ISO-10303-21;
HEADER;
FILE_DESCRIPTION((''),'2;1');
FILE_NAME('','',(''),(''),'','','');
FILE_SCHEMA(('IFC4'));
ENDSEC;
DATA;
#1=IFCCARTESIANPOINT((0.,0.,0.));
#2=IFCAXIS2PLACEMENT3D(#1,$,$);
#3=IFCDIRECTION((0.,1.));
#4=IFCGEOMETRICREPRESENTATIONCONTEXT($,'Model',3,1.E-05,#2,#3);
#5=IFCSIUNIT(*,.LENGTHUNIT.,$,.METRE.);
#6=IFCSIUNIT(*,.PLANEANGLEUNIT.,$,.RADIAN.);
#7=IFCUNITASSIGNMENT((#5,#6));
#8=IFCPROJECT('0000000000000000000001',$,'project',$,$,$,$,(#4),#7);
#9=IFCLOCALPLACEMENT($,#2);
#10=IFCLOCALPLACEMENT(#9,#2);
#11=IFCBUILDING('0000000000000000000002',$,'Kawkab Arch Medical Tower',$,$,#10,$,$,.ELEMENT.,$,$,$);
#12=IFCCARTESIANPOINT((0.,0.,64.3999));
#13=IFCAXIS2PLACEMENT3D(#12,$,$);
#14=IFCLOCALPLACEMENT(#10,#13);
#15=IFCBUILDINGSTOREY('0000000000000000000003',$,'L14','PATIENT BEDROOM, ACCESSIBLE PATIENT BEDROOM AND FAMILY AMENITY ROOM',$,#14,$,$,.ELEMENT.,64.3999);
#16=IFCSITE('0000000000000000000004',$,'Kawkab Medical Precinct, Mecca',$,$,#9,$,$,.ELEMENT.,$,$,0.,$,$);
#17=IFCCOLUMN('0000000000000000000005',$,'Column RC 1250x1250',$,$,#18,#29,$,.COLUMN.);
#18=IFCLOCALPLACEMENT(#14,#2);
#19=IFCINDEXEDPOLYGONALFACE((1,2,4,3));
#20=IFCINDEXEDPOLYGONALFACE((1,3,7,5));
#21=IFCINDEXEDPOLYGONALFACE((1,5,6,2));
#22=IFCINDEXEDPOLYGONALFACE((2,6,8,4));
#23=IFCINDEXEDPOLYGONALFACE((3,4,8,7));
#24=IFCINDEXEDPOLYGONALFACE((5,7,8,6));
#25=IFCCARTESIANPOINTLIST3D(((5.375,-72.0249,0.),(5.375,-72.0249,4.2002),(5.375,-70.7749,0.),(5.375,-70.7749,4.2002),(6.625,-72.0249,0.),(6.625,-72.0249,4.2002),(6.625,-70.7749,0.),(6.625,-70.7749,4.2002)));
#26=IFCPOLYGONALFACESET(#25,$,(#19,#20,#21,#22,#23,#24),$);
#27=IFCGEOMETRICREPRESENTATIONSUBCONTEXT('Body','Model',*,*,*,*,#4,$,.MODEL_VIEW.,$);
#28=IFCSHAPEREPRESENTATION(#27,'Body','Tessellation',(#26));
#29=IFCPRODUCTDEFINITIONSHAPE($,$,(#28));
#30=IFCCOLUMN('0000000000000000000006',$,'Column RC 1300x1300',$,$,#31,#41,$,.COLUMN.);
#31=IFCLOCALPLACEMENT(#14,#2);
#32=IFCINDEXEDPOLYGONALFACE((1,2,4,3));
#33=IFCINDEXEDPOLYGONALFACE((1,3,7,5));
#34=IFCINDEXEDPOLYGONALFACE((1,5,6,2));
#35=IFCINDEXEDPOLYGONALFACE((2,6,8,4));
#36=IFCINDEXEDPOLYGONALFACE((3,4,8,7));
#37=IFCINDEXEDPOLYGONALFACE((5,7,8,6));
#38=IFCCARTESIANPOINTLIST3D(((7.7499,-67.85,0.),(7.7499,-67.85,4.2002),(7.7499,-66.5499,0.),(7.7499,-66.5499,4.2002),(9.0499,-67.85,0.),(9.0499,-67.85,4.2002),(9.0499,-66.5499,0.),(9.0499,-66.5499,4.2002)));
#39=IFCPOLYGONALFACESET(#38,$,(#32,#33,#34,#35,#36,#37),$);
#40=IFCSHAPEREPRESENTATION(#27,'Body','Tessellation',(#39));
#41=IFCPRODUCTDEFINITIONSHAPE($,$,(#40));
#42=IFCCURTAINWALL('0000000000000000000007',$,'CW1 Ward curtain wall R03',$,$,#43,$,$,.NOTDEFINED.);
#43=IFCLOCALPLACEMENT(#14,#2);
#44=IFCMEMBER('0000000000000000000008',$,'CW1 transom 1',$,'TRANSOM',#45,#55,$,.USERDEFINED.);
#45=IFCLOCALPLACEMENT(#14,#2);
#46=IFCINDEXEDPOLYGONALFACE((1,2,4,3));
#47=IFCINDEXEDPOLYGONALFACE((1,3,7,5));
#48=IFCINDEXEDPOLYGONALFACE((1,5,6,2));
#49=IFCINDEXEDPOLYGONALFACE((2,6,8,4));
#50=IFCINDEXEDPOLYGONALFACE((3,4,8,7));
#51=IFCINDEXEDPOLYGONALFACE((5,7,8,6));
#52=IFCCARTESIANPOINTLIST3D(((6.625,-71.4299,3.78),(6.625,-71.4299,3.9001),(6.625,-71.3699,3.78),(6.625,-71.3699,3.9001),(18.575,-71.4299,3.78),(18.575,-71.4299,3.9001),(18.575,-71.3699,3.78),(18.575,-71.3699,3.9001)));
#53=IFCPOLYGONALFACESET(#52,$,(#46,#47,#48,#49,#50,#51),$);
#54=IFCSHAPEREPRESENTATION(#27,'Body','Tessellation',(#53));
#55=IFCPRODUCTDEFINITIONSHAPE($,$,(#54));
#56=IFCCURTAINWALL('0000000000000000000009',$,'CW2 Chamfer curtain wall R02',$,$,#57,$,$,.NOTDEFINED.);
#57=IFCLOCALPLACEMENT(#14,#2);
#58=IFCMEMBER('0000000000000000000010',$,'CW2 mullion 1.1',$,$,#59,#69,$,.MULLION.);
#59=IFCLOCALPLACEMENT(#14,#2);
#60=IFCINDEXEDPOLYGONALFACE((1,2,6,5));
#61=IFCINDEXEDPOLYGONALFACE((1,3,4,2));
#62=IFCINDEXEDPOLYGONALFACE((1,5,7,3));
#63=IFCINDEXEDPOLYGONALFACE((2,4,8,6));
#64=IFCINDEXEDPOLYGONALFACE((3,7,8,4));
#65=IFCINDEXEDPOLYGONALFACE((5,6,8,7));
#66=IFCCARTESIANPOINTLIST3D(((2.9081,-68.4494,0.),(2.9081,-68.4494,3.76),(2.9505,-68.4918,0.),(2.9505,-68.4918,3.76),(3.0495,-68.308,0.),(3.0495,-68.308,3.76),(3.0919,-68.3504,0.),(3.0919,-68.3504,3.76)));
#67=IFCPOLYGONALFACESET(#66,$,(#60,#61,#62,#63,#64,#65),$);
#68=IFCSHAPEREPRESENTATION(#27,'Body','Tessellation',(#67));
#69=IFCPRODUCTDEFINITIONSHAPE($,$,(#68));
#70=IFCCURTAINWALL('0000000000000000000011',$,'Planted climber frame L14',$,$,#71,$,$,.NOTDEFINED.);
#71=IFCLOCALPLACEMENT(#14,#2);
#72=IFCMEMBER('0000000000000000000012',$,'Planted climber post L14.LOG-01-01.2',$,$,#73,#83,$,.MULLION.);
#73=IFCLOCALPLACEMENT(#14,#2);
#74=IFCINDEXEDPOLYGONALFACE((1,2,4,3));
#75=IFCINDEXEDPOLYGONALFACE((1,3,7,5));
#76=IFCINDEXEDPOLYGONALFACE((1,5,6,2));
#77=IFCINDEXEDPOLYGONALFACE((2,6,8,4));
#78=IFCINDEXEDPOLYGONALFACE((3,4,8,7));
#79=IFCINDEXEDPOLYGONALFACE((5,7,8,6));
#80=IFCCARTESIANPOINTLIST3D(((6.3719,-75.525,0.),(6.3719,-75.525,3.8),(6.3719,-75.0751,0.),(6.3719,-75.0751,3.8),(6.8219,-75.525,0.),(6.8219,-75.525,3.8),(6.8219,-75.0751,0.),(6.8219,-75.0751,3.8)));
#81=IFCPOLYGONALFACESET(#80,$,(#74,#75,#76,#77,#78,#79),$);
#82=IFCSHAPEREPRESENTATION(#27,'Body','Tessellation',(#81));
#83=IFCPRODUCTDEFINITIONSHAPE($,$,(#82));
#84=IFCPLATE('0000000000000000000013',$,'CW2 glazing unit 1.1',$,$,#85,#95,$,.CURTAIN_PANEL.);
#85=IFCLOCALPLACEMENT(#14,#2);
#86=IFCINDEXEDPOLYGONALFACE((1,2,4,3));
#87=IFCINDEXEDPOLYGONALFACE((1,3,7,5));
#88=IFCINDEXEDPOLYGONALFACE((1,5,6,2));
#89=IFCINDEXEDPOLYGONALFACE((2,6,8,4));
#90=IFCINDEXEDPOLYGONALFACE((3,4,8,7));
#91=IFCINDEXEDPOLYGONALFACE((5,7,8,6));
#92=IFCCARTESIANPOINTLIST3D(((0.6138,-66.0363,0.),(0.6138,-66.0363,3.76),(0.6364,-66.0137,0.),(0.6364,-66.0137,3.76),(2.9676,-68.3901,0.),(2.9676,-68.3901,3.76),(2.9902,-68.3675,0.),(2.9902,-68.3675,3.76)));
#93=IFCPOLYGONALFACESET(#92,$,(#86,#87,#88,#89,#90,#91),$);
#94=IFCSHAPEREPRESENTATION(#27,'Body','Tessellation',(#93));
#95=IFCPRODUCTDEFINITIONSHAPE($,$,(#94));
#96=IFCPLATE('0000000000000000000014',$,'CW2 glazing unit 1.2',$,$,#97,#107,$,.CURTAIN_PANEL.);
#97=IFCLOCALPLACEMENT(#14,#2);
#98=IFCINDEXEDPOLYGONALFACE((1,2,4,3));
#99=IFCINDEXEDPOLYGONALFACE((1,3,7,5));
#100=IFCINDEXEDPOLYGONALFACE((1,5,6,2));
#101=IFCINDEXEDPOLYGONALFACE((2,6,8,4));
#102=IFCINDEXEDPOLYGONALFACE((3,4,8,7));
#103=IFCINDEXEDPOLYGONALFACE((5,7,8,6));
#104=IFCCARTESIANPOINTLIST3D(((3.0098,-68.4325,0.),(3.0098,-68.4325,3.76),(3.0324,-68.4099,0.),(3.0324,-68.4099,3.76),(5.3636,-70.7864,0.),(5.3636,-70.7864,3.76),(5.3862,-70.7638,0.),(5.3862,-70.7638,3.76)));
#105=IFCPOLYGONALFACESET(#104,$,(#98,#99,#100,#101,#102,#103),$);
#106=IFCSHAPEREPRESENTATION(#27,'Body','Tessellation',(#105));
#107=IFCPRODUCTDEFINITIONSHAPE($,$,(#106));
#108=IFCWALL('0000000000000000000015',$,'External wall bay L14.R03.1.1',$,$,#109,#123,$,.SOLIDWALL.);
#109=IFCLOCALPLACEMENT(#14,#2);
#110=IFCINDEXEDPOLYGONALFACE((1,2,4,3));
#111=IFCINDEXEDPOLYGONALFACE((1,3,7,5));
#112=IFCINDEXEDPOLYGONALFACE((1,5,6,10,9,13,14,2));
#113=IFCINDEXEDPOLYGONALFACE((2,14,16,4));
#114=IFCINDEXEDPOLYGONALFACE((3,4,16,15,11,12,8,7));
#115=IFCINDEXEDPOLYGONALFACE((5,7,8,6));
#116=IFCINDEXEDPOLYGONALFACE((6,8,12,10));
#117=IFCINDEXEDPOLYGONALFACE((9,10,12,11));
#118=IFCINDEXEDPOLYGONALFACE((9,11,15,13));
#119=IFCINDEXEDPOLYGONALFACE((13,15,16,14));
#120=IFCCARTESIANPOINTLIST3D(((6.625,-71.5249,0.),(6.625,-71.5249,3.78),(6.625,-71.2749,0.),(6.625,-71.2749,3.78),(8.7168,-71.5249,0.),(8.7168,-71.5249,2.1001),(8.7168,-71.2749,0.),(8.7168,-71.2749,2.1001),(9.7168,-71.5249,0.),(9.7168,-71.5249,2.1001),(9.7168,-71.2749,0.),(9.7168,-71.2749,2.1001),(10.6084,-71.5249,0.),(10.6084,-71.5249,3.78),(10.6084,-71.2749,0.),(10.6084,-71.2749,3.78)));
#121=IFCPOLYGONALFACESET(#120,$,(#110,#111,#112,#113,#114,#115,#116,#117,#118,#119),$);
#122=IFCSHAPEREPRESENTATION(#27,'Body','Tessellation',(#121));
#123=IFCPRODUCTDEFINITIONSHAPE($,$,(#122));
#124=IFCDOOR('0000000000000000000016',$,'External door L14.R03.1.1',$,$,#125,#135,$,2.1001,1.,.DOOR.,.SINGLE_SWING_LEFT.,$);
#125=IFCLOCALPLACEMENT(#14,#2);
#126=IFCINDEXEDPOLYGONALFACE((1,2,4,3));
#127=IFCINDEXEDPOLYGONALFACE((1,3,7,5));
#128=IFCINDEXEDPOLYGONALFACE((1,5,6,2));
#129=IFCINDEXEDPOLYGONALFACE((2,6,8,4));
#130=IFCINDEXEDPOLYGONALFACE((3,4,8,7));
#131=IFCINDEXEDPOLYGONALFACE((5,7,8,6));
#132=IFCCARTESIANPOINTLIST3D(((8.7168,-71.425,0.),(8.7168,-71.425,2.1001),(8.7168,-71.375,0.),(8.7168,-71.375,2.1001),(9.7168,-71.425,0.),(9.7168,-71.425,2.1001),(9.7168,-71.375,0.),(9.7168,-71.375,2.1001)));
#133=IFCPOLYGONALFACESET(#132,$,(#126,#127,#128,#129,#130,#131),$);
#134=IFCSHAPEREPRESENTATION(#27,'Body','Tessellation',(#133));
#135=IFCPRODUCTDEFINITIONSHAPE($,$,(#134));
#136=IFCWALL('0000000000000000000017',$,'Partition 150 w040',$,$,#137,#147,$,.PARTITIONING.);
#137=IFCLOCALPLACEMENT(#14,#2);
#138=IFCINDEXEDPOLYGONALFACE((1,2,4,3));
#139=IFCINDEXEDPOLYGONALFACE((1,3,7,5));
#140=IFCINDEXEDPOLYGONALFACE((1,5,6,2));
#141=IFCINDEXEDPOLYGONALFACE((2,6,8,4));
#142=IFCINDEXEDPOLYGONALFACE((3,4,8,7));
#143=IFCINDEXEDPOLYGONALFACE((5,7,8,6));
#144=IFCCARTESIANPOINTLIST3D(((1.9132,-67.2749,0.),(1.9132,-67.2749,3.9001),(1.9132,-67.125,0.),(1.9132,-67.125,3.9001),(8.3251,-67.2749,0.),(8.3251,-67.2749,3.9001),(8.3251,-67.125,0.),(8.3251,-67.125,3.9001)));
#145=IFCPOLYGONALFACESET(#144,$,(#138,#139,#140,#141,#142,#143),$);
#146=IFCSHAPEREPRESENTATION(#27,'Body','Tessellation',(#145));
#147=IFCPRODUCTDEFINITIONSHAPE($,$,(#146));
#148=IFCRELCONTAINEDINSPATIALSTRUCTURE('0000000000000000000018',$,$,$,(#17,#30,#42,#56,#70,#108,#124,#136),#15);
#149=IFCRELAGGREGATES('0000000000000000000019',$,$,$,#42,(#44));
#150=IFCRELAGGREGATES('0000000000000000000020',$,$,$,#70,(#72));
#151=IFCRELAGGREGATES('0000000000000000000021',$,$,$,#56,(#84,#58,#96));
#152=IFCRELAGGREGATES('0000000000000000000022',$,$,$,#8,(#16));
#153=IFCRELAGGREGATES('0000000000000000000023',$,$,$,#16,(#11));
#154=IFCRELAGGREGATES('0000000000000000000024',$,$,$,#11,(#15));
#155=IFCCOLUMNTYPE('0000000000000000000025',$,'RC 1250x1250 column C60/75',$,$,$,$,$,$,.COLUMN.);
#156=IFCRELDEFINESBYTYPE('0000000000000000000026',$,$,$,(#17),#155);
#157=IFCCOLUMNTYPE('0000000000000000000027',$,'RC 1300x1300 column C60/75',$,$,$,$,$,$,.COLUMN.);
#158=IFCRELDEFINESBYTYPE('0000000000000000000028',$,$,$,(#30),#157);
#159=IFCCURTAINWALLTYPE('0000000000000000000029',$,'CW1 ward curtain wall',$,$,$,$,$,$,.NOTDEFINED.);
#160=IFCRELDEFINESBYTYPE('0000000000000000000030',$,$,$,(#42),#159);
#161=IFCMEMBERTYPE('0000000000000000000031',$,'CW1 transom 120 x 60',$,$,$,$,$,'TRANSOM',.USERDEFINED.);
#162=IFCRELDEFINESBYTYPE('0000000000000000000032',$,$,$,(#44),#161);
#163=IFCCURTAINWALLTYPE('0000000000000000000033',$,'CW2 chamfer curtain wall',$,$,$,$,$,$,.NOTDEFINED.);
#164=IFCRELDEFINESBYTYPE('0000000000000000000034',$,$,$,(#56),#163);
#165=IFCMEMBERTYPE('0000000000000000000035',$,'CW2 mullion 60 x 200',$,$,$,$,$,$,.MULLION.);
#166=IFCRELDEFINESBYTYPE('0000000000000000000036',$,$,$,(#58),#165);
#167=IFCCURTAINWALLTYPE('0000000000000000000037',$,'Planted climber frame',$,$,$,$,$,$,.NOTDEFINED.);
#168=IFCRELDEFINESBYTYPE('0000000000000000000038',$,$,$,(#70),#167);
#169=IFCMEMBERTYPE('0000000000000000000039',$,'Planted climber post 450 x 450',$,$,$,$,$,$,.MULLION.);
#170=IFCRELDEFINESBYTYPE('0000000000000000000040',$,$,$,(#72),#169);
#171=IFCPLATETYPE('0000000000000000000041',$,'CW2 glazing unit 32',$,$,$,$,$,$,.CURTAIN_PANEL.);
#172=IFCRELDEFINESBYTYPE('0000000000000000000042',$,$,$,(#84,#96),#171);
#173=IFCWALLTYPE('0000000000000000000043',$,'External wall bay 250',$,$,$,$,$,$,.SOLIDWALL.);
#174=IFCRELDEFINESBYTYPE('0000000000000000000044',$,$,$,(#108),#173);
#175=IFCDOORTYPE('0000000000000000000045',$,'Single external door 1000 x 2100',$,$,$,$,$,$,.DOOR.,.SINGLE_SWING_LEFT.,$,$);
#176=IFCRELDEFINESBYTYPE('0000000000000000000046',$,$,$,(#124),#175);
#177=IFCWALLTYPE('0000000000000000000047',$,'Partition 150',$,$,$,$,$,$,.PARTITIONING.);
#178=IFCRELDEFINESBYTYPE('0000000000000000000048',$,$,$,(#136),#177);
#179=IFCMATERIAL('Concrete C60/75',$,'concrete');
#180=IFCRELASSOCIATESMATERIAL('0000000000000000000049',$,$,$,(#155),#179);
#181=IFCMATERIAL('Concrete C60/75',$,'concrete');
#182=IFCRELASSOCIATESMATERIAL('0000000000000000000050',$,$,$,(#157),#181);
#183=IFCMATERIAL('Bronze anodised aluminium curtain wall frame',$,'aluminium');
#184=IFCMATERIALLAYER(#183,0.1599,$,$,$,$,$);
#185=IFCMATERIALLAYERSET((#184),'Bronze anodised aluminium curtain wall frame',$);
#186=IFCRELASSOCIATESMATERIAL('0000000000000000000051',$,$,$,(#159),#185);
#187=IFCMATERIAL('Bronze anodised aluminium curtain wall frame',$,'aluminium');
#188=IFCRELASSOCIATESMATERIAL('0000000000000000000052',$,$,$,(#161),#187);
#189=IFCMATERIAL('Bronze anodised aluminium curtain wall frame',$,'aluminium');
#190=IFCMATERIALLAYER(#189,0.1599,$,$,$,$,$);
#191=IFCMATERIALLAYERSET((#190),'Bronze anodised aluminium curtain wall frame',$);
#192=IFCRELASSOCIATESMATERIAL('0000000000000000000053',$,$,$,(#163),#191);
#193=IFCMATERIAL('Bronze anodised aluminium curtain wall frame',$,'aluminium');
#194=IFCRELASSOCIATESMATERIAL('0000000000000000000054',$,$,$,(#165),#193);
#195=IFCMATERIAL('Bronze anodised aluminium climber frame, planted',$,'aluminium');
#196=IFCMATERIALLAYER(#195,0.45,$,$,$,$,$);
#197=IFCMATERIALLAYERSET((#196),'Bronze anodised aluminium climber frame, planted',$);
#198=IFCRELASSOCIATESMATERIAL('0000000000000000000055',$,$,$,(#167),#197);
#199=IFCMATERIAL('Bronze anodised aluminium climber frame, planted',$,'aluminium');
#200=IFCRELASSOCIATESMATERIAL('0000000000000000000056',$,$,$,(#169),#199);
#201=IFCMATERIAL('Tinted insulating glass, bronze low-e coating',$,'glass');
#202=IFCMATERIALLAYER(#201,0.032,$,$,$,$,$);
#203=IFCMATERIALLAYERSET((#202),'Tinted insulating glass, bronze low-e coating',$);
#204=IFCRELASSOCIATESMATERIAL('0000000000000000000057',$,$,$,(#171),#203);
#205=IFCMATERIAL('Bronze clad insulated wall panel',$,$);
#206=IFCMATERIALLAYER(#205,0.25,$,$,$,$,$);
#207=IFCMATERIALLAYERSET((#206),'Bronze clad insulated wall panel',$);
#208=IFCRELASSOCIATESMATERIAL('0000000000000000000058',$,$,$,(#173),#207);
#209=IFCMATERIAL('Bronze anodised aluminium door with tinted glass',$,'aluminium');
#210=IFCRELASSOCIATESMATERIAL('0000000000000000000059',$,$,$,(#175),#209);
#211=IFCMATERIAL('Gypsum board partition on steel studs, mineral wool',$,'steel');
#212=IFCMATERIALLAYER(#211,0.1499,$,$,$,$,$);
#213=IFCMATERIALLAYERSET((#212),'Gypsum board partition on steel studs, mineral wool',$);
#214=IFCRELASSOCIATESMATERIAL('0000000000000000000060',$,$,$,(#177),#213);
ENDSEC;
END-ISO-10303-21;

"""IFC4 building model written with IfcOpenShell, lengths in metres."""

from ifc_helpers import new_model, si_unit, direction, frame, frame_2d, origin, origin_2d, place, context, subcontext, project, spatial, rectangle, extrude, material, layer, layer_set, material_profile, profile_set, type_object, element, fill, aggregate, save


model = new_model("IFC4")

# Units and contexts
model_context = context("Model", 3, precision=1e-05, world=origin(), true_north=direction((0.0, 1.0)))
body_context = subcontext(model_context, "Body", "Model", "MODEL_VIEW")
ifc_project = project(units=[si_unit("LENGTHUNIT", "METRE"), si_unit("PLANEANGLEUNIT", "RADIAN")], contexts=[model_context])

# Site, building, storey
site_placement = place(None, origin())
site = spatial("IfcSite", under=ifc_project, at=site_placement, Name="Kawkab Medical Precinct, Mecca", CompositionType="ELEMENT", RefElevation=0.0)
building_placement = place(site_placement, origin())
building = spatial("IfcBuilding", under=site, at=building_placement, Name="Kawkab Arch Medical Tower", CompositionType="ELEMENT")
storey_placement = place(building_placement, frame((0.0, 0.0, 64.3999)))
storey = spatial("IfcBuildingStorey", under=building, at=storey_placement, Name="L14", Description="PATIENT BEDROOM, ACCESSIBLE PATIENT BEDROOM AND FAMILY AMENITY ROOM", CompositionType="ELEMENT", Elevation=64.3999)

# Columns
ifc_material_1 = material(Name="Concrete C60/75", Category="concrete")
ifc_material_profile_1 = material_profile(ifc_material_1, rectangle(XDim=1.25, YDim=1.25, at=origin_2d()), Name="RC 1250x1250")
ifc_profile_set_1 = profile_set([ifc_material_profile_1], Name="Concrete C60/75")
column_type_1 = type_object("IfcColumnType", Name="RC 1250x1250 column C60/75", PredefinedType="COLUMN", material=ifc_profile_set_1)
column_1_placement = place(storey_placement, frame((6.0, -71.3999, 0.0), z_axis=(0.0, 0.0, 1.0), x_axis=(1.0, 0.0, 0.0)))
element("IfcColumn", 1, at=column_1_placement, inside=storey, type_object=column_type_1, Name="Column RC 1250x1250", PredefinedType="COLUMN", context=body_context, shape_type="SweptSolid", body=[
    extrude(rectangle(XDim=1.25, YDim=1.25, at=origin_2d()), origin(), (0.0, 0.0, 1.0), 4.2002),
])
ifc_material_2 = material(Name="Concrete C60/75", Category="concrete")
ifc_material_profile_2 = material_profile(ifc_material_2, rectangle(XDim=1.3, YDim=1.3, at=origin_2d()), Name="RC 1300x1300")
ifc_profile_set_2 = profile_set([ifc_material_profile_2], Name="Concrete C60/75")
column_type_2 = type_object("IfcColumnType", Name="RC 1300x1300 column C60/75", PredefinedType="COLUMN", material=ifc_profile_set_2)
column_2_placement = place(storey_placement, frame((8.3999, -67.2, 0.0), z_axis=(0.0, 0.0, 1.0), x_axis=(1.0, 0.0, 0.0)))
element("IfcColumn", 2, at=column_2_placement, inside=storey, type_object=column_type_2, Name="Column RC 1300x1300", PredefinedType="COLUMN", context=body_context, shape_type="SweptSolid", body=[
    extrude(rectangle(XDim=1.3, YDim=1.3, at=origin_2d()), origin(), (0.0, 0.0, 1.0), 4.2002),
])

# Curtain walls, members
ifc_material_3 = material(Name="Bronze anodised aluminium curtain wall frame", Category="aluminium")
ifc_layer_1 = layer(ifc_material_3, 0.1599)
ifc_layer_set_1 = layer_set([ifc_layer_1], Name="Bronze anodised aluminium curtain wall frame")
curtain_wall_type_1 = type_object("IfcCurtainWallType", Name="CW1 ward curtain wall", PredefinedType="NOTDEFINED", material=ifc_layer_set_1)
placement = place(storey_placement, origin())
curtain_wall_1 = element("IfcCurtainWall", 3, at=placement, inside=storey, type_object=curtain_wall_type_1, Name="CW1 Ward curtain wall R03", PredefinedType="NOTDEFINED")
ifc_material_4 = material(Name="Bronze anodised aluminium curtain wall frame", Category="aluminium")
ifc_material_profile_3 = material_profile(ifc_material_4, rectangle(XDim=0.0601, YDim=0.1201, at=origin_2d()), Name="AL 60x120")
ifc_profile_set_3 = profile_set([ifc_material_profile_3], Name="Bronze anodised aluminium curtain wall frame")
member_type_1 = type_object("IfcMemberType", Name="CW1 transom 120 x 60", ElementType="TRANSOM", PredefinedType="USERDEFINED", material=ifc_profile_set_3)
member_1_placement = place(storey_placement, frame((6.625, -71.3999, 3.8401), z_axis=(1.0, 0.0, 0.0), x_axis=(0.0, 1.0, 0.0)))
member_1 = element("IfcMember", 4, at=member_1_placement, type_object=member_type_1, Name="CW1 transom 1", ObjectType="TRANSOM", PredefinedType="USERDEFINED", context=body_context, shape_type="SweptSolid", body=[
    extrude(rectangle(XDim=0.0601, YDim=0.1201, at=origin_2d()), origin(), (0.0, 0.0, 1.0), 11.95),
])
aggregate(curtain_wall_1, [member_1])
ifc_material_5 = material(Name="Bronze anodised aluminium curtain wall frame", Category="aluminium")
ifc_layer_2 = layer(ifc_material_5, 0.1599)
ifc_layer_set_2 = layer_set([ifc_layer_2], Name="Bronze anodised aluminium curtain wall frame")
curtain_wall_type_2 = type_object("IfcCurtainWallType", Name="CW2 chamfer curtain wall", PredefinedType="NOTDEFINED", material=ifc_layer_set_2)
curtain_wall_2 = element("IfcCurtainWall", 5, at=placement, inside=storey, type_object=curtain_wall_type_2, Name="CW2 Chamfer curtain wall R02", PredefinedType="NOTDEFINED")
ifc_material_6 = material(Name="Bronze anodised aluminium curtain wall frame", Category="aluminium")
ifc_material_profile_4 = material_profile(ifc_material_6, rectangle(XDim=0.2, YDim=0.0601, at=origin_2d()), Name="AL 60x200")
ifc_profile_set_4 = profile_set([ifc_material_profile_4], Name="Bronze anodised aluminium curtain wall frame")
member_type_2 = type_object("IfcMemberType", Name="CW2 mullion 60 x 200", PredefinedType="MULLION", material=ifc_profile_set_4)
member_2_placement = place(storey_placement, frame((3.0, -68.3999, 0.0), z_axis=(0.0, 0.0, 1.0), x_axis=(0.707107, 0.707107, 0.0)))
member_2 = element("IfcMember", 6, at=member_2_placement, type_object=member_type_2, Name="CW2 mullion 1.1", PredefinedType="MULLION", context=body_context, shape_type="SweptSolid", body=[
    extrude(rectangle(XDim=0.2, YDim=0.0601, at=origin_2d()), origin(), (0.0, 0.0, 1.0), 3.76),
])
ifc_material_7 = material(Name="Bronze anodised aluminium climber frame, planted", Category="aluminium")
ifc_layer_3 = layer(ifc_material_7, 0.45)
ifc_layer_set_3 = layer_set([ifc_layer_3], Name="Bronze anodised aluminium climber frame, planted")
curtain_wall_type_3 = type_object("IfcCurtainWallType", Name="Planted climber frame", PredefinedType="NOTDEFINED", material=ifc_layer_set_3)
curtain_wall_3 = element("IfcCurtainWall", 7, at=placement, inside=storey, type_object=curtain_wall_type_3, Name="Planted climber frame L14", PredefinedType="NOTDEFINED")
ifc_material_8 = material(Name="Bronze anodised aluminium climber frame, planted", Category="aluminium")
ifc_material_profile_5 = material_profile(ifc_material_8, rectangle(XDim=0.45, YDim=0.45, at=origin_2d()), Name="Post 450x450")
ifc_profile_set_5 = profile_set([ifc_material_profile_5], Name="Bronze anodised aluminium climber frame, planted")
member_type_3 = type_object("IfcMemberType", Name="Planted climber post 450 x 450", PredefinedType="MULLION", material=ifc_profile_set_5)
member_3_placement = place(storey_placement, frame((6.5969, -75.3, 0.0), z_axis=(0.0, 0.0, 1.0), x_axis=(1.0, 0.0, 0.0)))
member_3 = element("IfcMember", 8, at=member_3_placement, type_object=member_type_3, Name="Planted climber post L14.LOG-01-01.2", PredefinedType="MULLION", context=body_context, shape_type="SweptSolid", body=[
    extrude(rectangle(XDim=0.45, YDim=0.45, at=origin_2d()), origin(), (0.0, 0.0, 1.0), 3.8),
])
aggregate(curtain_wall_3, [member_3])

# Plates
ifc_material_9 = material(Name="Tinted insulating glass, bronze low-e coating", Category="glass")
ifc_layer_4 = layer(ifc_material_9, 0.032)
ifc_layer_set_4 = layer_set([ifc_layer_4], Name="Tinted insulating glass, bronze low-e coating")
plate_type = type_object("IfcPlateType", Name="CW2 glazing unit 32", PredefinedType="CURTAIN_PANEL", material=ifc_layer_set_4)
plate_1_placement = place(storey_placement, frame((1.802, -67.2019, 0.0), z_axis=(0.0, 0.0, 1.0), x_axis=(0.707107, -0.707107, 0.0)))
plate_1 = element("IfcPlate", 9, at=plate_1_placement, type_object=plate_type, Name="CW2 glazing unit 1.1", PredefinedType="CURTAIN_PANEL", context=body_context, shape_type="SweptSolid", body=[
    extrude(rectangle(XDim=3.3289, YDim=0.032, at=origin_2d()), origin(), (0.0, 0.0, 1.0), 3.76),
])
plate_2_placement = place(storey_placement, frame((4.198, -69.5981, 0.0), z_axis=(0.0, 0.0, 1.0), x_axis=(0.707107, -0.707107, 0.0)))
plate_2 = element("IfcPlate", 10, at=plate_2_placement, type_object=plate_type, Name="CW2 glazing unit 1.2", PredefinedType="CURTAIN_PANEL", context=body_context, shape_type="SweptSolid", body=[
    extrude(rectangle(XDim=3.3289, YDim=0.032, at=origin_2d()), origin(), (0.0, 0.0, 1.0), 3.76),
])
aggregate(curtain_wall_2, [plate_1, member_2, plate_2])

# Wall, opening, door
ifc_material_10 = material(Name="Bronze clad insulated wall panel")
ifc_layer_5 = layer(ifc_material_10, 0.25)
ifc_layer_set_5 = layer_set([ifc_layer_5], Name="Bronze clad insulated wall panel")
wall_type_1 = type_object("IfcWallType", Name="External wall bay 250", PredefinedType="SOLIDWALL", material=ifc_layer_set_5)
wall_1_placement = place(storey_placement, frame((6.625, -71.3999, 0.0), z_axis=(0.0, 0.0, 1.0), x_axis=(1.0, 0.0, 0.0)))
wall_1 = element("IfcWall", 11, at=wall_1_placement, inside=storey, type_object=wall_type_1, Name="External wall bay L14.R03.1.1", PredefinedType="SOLIDWALL", context=body_context, shape_type="SweptSolid", body=[
    extrude(rectangle(XDim=3.9834, YDim=0.25, at=frame_2d((1.9917, 0.0))), origin(), (0.0, 0.0, 1.0), 3.78),
])
opening_1_placement = place(wall_1_placement, frame((2.0918, 0.0, 0.0)))
opening_1 = element("IfcOpeningElement", 12, at=opening_1_placement, cuts=wall_1, PredefinedType="OPENING", context=body_context, shape_type="SweptSolid", body=[
    extrude(rectangle(XDim=1.0, YDim=2.1001, at=frame_2d((0.5, 1.05))), frame((0.0, 0.135, 0.0), z_axis=(0.0, -1.0, 0.0), x_axis=(1.0, 0.0, 0.0)), (0.0, 0.0, 1.0), 0.27),
])
ifc_material_11 = material(Name="Bronze anodised aluminium door with tinted glass", Category="aluminium")
door_type_1 = type_object("IfcDoorType", Name="Single external door 1000 x 2100", OperationType="SINGLE_SWING_LEFT", PredefinedType="DOOR", material=ifc_material_11)
door_1_placement = place(opening_1_placement, origin())
door_1 = element("IfcDoor", 13, at=door_1_placement, inside=storey, type_object=door_type_1, Name="External door L14.R03.1.1", OperationType="SINGLE_SWING_LEFT", OverallHeight=2.1001, OverallWidth=1.0, PredefinedType="DOOR", context=body_context, shape_type="SweptSolid", body=[
    extrude(rectangle(XDim=1.0, YDim=2.1001, at=frame_2d((0.5, 1.05))), frame((0.0, 0.0249, 0.0), z_axis=(0.0, -1.0, 0.0), x_axis=(1.0, 0.0, 0.0)), (0.0, 0.0, 1.0), 0.05),
])
fill(opening_1, door_1)

# Wall
ifc_material_12 = material(Name="Gypsum board partition on steel studs, mineral wool", Category="steel")
ifc_layer_6 = layer(ifc_material_12, 0.1499)
ifc_layer_set_6 = layer_set([ifc_layer_6], Name="Gypsum board partition on steel studs, mineral wool")
wall_type_2 = type_object("IfcWallType", Name="Partition 150", PredefinedType="PARTITIONING", material=ifc_layer_set_6)
wall_2_placement = place(storey_placement, frame((1.9131, -67.2, 0.0), z_axis=(0.0, 0.0, 1.0), x_axis=(1.0, 0.0, 0.0)))
element("IfcWall", 14, at=wall_2_placement, inside=storey, type_object=wall_type_2, Name="Partition 150 w040", PredefinedType="PARTITIONING", context=body_context, shape_type="SweptSolid", body=[
    extrude(rectangle(XDim=6.4119, YDim=0.1499, at=frame_2d((3.2061, 0.0))), origin(), (0.0, 0.0, 1.0), 3.9001),
])

save(model, "model.ifc")
